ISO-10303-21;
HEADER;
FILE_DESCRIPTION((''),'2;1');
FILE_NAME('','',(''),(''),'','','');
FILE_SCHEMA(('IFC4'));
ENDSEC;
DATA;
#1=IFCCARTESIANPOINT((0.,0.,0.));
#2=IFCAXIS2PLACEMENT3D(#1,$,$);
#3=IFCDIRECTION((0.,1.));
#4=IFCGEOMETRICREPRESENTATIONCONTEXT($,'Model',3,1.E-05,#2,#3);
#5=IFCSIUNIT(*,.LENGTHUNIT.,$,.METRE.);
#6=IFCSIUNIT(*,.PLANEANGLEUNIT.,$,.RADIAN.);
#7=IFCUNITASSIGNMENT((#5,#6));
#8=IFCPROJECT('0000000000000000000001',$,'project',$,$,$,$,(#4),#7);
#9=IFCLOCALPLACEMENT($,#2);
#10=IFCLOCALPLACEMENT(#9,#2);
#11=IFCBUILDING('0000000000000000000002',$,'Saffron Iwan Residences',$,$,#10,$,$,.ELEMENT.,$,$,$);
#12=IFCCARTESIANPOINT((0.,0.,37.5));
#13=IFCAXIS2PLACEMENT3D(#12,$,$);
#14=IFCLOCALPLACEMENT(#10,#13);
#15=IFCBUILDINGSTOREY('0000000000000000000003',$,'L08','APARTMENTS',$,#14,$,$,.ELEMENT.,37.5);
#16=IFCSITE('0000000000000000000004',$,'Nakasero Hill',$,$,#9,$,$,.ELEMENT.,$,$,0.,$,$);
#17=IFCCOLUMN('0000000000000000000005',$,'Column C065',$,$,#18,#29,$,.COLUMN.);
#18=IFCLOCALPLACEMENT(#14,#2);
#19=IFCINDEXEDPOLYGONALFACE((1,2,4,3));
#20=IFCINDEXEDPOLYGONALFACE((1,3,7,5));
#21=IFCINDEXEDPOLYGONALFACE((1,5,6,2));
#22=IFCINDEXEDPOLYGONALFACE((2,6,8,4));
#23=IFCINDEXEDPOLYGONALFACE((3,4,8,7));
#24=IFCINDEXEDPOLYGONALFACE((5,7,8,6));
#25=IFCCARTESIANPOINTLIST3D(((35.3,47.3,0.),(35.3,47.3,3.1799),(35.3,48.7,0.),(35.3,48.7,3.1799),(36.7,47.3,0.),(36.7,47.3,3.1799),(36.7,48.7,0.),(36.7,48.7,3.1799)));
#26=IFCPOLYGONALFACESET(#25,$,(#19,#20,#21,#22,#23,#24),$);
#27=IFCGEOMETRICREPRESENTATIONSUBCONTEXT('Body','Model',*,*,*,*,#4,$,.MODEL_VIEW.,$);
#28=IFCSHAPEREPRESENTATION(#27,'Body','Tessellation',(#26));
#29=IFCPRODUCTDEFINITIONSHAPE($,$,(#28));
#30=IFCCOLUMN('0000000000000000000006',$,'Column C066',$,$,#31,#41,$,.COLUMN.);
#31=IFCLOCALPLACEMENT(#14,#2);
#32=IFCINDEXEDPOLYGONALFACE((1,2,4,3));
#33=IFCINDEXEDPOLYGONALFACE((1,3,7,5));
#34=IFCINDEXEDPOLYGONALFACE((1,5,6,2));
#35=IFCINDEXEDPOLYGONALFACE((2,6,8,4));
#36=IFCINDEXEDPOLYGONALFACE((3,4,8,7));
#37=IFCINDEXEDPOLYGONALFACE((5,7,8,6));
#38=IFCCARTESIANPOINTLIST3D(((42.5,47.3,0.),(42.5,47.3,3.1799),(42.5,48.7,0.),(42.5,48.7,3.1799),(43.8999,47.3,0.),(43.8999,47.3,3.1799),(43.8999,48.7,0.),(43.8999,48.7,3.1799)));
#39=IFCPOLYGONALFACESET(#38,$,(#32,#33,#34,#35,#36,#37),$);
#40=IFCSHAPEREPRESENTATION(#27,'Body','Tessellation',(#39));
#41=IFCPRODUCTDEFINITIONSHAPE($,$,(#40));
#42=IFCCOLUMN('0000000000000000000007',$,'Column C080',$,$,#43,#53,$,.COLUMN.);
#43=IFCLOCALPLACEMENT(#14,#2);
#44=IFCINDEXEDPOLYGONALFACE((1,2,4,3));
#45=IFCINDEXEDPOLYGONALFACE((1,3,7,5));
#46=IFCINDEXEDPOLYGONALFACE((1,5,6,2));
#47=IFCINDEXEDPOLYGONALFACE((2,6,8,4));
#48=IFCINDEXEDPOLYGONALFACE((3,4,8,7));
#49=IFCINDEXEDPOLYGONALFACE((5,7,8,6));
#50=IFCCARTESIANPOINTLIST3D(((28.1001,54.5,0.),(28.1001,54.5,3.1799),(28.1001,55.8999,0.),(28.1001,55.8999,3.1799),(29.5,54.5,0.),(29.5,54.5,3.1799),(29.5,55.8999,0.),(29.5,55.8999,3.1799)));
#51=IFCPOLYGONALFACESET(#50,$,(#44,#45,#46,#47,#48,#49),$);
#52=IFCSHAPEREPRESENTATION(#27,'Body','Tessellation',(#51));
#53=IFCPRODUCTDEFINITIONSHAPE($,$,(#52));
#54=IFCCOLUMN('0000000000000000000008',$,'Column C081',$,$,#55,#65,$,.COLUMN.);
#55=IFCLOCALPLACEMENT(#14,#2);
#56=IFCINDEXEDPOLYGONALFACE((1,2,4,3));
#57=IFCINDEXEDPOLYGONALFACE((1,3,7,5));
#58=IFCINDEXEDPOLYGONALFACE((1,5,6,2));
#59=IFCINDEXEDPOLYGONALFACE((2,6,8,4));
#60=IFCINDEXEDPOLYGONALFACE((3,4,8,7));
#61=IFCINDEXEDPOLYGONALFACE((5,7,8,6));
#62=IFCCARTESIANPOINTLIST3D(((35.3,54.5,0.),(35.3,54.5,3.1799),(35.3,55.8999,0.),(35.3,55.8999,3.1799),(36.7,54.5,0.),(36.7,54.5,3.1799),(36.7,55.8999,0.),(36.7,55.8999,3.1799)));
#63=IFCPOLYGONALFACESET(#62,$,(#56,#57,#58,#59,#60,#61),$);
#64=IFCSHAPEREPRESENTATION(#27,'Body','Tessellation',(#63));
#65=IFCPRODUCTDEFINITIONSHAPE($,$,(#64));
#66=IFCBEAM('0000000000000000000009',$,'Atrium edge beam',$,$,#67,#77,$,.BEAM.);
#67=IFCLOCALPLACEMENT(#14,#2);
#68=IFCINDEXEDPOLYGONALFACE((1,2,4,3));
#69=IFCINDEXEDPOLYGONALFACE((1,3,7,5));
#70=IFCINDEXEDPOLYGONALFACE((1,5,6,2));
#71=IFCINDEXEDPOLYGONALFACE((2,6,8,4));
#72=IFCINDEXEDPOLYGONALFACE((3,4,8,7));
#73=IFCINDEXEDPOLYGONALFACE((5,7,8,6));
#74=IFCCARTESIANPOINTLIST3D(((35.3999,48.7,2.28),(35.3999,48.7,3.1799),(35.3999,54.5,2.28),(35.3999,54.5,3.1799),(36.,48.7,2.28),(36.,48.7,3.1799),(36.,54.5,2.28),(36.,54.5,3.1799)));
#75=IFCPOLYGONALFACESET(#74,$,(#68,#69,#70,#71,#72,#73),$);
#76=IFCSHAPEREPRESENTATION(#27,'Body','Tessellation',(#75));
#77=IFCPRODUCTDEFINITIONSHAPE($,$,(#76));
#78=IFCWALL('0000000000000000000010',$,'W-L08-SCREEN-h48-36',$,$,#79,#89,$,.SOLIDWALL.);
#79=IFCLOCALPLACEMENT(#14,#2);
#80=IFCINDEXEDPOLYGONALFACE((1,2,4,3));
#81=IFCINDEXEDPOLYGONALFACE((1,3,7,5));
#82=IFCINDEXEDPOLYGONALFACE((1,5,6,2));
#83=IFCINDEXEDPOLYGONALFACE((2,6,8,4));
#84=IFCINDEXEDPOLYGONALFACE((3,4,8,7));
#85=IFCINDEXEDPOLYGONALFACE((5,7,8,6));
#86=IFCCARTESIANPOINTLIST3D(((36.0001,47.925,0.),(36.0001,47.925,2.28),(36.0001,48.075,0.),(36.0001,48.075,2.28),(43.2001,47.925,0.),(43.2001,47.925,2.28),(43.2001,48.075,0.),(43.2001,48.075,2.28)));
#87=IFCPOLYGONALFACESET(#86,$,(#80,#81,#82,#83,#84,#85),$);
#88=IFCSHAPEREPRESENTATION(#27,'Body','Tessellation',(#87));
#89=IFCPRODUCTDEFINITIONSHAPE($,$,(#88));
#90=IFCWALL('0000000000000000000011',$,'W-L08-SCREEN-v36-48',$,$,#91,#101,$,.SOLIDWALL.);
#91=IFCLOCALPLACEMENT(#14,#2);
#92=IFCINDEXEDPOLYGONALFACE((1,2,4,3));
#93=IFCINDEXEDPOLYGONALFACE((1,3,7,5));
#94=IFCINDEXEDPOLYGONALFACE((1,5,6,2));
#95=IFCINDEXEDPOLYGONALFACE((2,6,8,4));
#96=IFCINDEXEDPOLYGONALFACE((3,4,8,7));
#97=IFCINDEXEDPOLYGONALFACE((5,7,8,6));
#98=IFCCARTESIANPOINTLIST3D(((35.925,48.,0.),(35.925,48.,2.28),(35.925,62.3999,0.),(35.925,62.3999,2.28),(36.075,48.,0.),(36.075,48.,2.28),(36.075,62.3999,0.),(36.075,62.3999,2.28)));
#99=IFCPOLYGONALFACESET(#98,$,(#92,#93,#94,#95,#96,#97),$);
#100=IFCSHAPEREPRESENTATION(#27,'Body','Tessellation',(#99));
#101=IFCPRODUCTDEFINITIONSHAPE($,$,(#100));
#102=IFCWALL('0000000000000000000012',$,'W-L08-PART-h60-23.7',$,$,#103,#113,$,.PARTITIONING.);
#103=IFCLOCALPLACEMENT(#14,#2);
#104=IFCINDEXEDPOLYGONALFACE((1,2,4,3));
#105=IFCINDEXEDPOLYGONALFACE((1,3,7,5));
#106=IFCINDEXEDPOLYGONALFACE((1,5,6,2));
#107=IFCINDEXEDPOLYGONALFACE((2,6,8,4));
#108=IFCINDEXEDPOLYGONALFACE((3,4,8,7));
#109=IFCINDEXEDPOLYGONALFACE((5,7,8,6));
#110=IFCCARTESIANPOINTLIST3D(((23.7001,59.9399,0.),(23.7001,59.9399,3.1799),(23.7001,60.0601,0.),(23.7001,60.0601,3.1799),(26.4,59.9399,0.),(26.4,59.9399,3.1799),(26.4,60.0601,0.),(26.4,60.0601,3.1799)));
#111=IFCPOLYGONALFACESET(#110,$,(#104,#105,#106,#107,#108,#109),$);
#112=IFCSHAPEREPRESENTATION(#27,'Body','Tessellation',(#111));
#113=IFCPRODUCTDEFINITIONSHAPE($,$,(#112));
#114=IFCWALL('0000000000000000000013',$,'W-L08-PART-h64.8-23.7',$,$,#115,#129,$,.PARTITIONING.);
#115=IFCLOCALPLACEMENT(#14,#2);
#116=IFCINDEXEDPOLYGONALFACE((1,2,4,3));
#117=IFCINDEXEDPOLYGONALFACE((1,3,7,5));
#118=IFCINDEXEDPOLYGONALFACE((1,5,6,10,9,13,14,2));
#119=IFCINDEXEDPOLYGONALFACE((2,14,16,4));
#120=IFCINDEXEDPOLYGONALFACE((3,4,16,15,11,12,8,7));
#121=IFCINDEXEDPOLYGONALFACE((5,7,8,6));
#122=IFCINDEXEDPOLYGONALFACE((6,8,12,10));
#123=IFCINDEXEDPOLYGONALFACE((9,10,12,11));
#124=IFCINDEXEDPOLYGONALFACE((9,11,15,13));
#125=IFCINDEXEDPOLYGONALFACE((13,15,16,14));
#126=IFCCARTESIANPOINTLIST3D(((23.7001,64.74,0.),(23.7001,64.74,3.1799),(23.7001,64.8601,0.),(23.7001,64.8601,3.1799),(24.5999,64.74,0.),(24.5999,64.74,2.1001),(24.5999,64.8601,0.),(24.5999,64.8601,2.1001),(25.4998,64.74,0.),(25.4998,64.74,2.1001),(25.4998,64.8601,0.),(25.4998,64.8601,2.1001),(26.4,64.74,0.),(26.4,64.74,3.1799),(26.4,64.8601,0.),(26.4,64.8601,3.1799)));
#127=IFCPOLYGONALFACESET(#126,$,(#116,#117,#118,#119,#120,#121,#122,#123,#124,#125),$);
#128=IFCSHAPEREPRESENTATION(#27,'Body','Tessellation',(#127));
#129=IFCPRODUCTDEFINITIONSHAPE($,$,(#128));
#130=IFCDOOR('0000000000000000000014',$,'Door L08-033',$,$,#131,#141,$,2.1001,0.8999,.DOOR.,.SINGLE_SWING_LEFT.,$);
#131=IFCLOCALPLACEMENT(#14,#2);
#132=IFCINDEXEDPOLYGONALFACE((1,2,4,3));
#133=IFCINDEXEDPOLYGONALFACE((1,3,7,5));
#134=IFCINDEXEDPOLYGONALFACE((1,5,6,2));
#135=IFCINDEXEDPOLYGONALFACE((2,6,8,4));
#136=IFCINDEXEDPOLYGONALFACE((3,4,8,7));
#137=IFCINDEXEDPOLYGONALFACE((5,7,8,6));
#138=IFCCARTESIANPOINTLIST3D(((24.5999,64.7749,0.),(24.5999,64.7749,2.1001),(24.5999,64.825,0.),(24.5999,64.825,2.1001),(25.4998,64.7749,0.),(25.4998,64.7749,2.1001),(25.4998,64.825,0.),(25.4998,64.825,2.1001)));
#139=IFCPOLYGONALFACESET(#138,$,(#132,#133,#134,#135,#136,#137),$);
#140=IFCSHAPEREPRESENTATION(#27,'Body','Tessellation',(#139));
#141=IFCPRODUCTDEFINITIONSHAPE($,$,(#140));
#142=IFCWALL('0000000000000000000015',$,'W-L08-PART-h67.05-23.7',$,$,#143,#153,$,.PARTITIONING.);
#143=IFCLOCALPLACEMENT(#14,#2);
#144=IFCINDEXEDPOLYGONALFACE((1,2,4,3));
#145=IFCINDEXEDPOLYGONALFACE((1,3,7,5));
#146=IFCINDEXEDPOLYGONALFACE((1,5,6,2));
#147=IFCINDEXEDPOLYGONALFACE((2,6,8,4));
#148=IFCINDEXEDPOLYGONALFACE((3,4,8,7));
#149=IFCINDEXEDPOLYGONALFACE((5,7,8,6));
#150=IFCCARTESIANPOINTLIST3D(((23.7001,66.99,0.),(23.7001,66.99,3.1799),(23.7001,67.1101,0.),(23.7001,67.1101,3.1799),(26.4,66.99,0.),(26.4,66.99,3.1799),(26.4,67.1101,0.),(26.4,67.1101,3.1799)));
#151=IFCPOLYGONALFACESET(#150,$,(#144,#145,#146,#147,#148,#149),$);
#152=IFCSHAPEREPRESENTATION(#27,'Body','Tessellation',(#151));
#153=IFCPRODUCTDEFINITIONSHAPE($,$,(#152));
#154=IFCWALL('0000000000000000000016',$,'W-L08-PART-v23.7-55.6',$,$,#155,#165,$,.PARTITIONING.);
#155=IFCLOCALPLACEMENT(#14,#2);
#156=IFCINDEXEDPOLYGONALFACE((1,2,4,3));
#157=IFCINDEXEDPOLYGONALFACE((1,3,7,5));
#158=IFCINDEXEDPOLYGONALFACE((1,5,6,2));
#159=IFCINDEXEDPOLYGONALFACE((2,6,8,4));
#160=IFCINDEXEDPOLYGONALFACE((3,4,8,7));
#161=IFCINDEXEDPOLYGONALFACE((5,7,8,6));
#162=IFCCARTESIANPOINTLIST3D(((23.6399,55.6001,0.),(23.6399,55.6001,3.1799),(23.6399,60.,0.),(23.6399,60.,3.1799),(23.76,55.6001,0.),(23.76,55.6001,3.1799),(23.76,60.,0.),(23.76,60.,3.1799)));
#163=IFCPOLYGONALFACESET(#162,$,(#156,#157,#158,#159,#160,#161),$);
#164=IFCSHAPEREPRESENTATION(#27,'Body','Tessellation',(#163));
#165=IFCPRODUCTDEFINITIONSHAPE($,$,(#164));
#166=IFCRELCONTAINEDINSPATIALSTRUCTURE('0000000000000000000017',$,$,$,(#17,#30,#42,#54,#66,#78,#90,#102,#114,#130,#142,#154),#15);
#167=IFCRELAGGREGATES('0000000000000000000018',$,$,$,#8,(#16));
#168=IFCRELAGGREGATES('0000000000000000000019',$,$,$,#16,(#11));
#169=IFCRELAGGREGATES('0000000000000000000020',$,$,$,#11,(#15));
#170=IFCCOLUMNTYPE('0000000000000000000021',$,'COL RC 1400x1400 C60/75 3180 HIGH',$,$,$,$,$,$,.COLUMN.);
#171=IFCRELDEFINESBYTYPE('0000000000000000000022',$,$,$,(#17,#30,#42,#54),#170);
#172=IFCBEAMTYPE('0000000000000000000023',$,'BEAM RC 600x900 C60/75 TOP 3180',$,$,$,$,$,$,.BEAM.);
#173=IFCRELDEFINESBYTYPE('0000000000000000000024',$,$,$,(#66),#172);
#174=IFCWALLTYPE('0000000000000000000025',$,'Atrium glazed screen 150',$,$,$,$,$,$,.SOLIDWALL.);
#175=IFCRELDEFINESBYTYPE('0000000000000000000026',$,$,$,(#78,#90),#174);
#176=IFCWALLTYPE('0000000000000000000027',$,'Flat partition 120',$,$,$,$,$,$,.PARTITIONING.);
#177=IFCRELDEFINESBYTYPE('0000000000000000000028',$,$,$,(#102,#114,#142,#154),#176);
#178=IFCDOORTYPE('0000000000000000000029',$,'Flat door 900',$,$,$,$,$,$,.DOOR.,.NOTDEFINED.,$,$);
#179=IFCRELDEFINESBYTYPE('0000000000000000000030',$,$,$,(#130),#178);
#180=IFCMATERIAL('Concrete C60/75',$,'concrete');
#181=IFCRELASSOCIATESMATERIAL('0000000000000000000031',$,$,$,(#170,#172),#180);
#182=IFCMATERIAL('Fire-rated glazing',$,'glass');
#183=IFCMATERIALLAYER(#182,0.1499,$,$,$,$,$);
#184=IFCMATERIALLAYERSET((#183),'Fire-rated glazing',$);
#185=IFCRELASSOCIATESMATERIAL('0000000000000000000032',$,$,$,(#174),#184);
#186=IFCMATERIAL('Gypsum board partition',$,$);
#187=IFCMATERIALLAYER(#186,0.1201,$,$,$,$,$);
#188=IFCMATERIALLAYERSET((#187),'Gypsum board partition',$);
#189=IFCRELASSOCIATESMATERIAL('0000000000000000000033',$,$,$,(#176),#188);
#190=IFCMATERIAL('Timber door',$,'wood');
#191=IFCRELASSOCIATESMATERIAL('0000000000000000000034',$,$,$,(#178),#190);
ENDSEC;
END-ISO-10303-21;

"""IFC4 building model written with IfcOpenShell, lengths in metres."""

from ifc_helpers import new_model, si_unit, direction, frame, frame_2d, origin, origin_2d, place, context, subcontext, project, spatial, rectangle, extrude, source, transform, mapped, material, layer, layer_set, material_profile, profile_set, type_object, element, fill, save


model = new_model("IFC4")

# Units and contexts
model_context = context("Model", 3, precision=1e-05, world=origin(), true_north=direction((0.0, 1.0)))
body_context = subcontext(model_context, "Body", "Model", "MODEL_VIEW")
ifc_project = project(units=[si_unit("LENGTHUNIT", "METRE"), si_unit("PLANEANGLEUNIT", "RADIAN")], contexts=[model_context])

# Site, building, storey
site_placement = place(None, origin())
site = spatial("IfcSite", under=ifc_project, at=site_placement, Name="Nakasero Hill", CompositionType="ELEMENT", RefElevation=0.0)
building_placement = place(site_placement, origin())
building = spatial("IfcBuilding", under=site, at=building_placement, Name="Saffron Iwan Residences", CompositionType="ELEMENT")
storey_placement = place(building_placement, frame((0.0, 0.0, 37.5)))
storey = spatial("IfcBuildingStorey", under=building, at=storey_placement, Name="L08", Description="APARTMENTS", CompositionType="ELEMENT", Elevation=37.5)

# Columns
ifc_material_1 = material(Name="Concrete C60/75", Category="concrete")
ifc_material_profile_1 = material_profile(ifc_material_1, rectangle(XDim=1.3999, YDim=1.3999, at=origin_2d()), Name="RC 1400x1400")
ifc_profile_set_1 = profile_set([ifc_material_profile_1], Name="Concrete C60/75")
column_type = type_object("IfcColumnType", Name="COL RC 1400x1400 C60/75 3180 HIGH", PredefinedType="COLUMN", material=ifc_profile_set_1)
shared_shape_1 = source(origin(), body_context, "Body", "SweptSolid", [
    extrude(rectangle(XDim=1.3999, YDim=1.3999, at=origin_2d()), origin(), (0.0, 0.0, 1.0), 3.1799),
])
for number, where, z_axis, x_axis, name in (
    (1, (36.0, 48.0, 0.0), (0.0, 0.0, 1.0), (1.0, 0.0, 0.0), "Column C065"),
    (2, (43.2, 48.0, 0.0), (0.0, 0.0, 1.0), (1.0, 0.0, 0.0), "Column C066"),
    (3, (28.8, 55.2, 0.0), (0.0, 0.0, 1.0), (1.0, 0.0, 0.0), "Column C080"),
    (4, (36.0, 55.2, 0.0), (0.0, 0.0, 1.0), (1.0, 0.0, 0.0), "Column C081"),
):
    element("IfcColumn", number, at=place(storey_placement, frame(where, z_axis=z_axis, x_axis=x_axis)), inside=storey, type_object=column_type, Name=name, PredefinedType="COLUMN", context=body_context, shape_type="MappedRepresentation", body=[
        mapped(shared_shape_1, transform((0.0, 0.0, 0.0))),
    ])

# Beam
ifc_material_profile_2 = material_profile(ifc_material_1, rectangle(XDim=0.6001, YDim=0.8999, at=origin_2d()), Name="RC 600x900")
ifc_profile_set_2 = profile_set([ifc_material_profile_2], Name="Concrete C60/75")
beam_type = type_object("IfcBeamType", Name="BEAM RC 600x900 C60/75 TOP 3180", PredefinedType="BEAM", material=ifc_profile_set_2)
shared_shape_2 = source(origin(), body_context, "Body", "SweptSolid", [
    extrude(rectangle(XDim=0.6001, YDim=0.8999, at=origin_2d()), origin(), (0.0, 0.0, 1.0), 5.8),
])
beam_placement = place(storey_placement, frame((35.7, 48.7, 2.73), z_axis=(0.0, 1.0, 0.0), x_axis=(-1.0, 0.0, 0.0)))
element("IfcBeam", 5, at=beam_placement, inside=storey, type_object=beam_type, Name="Atrium edge beam", PredefinedType="BEAM", context=body_context, shape_type="MappedRepresentation", body=[
    mapped(shared_shape_2, transform((0.0, 0.0, 0.0))),
])

# Walls
ifc_material_2 = material(Name="Fire-rated glazing", Category="glass")
ifc_layer_1 = layer(ifc_material_2, 0.1499)
ifc_layer_set_1 = layer_set([ifc_layer_1], Name="Fire-rated glazing")
wall_type_1 = type_object("IfcWallType", Name="Atrium glazed screen 150", PredefinedType="SOLIDWALL", material=ifc_layer_set_1)
wall_1_placement = place(storey_placement, frame((36.0, 48.0, 0.0), z_axis=(0.0, 0.0, 1.0), x_axis=(1.0, 0.0, 0.0)))
element("IfcWall", 6, at=wall_1_placement, inside=storey, type_object=wall_type_1, Name="W-L08-SCREEN-h48-36", PredefinedType="SOLIDWALL", context=body_context, shape_type="SweptSolid", body=[
    extrude(rectangle(XDim=7.2, YDim=0.1499, at=frame_2d((3.6001, 0.0))), origin(), (0.0, 0.0, 1.0), 2.28),
])
wall_2_placement = place(storey_placement, frame((36.0, 48.0, 0.0), z_axis=(0.0, 0.0, 1.0), x_axis=(0.0, 1.0, 0.0)))
element("IfcWall", 7, at=wall_2_placement, inside=storey, type_object=wall_type_1, Name="W-L08-SCREEN-v36-48", PredefinedType="SOLIDWALL", context=body_context, shape_type="SweptSolid", body=[
    extrude(rectangle(XDim=14.3999, YDim=0.1499, at=frame_2d((7.2, 0.0))), origin(), (0.0, 0.0, 1.0), 2.28),
])
ifc_material_3 = material(Name="Gypsum board partition")
ifc_layer_2 = layer(ifc_material_3, 0.1201)
ifc_layer_set_2 = layer_set([ifc_layer_2], Name="Gypsum board partition")
wall_type_2 = type_object("IfcWallType", Name="Flat partition 120", PredefinedType="PARTITIONING", material=ifc_layer_set_2)
wall_3_placement = place(storey_placement, frame((23.7, 60.0, 0.0), z_axis=(0.0, 0.0, 1.0), x_axis=(1.0, 0.0, 0.0)))
element("IfcWall", 8, at=wall_3_placement, inside=storey, type_object=wall_type_2, Name="W-L08-PART-h60-23.7", PredefinedType="PARTITIONING", context=body_context, shape_type="SweptSolid", body=[
    extrude(rectangle(XDim=2.7, YDim=0.1201, at=frame_2d((1.3501, 0.0))), origin(), (0.0, 0.0, 1.0), 3.1799),
])

# Wall, opening, door
wall_4_placement = place(storey_placement, frame((23.7, 64.8, 0.0), z_axis=(0.0, 0.0, 1.0), x_axis=(1.0, 0.0, 0.0)))
wall_4 = element("IfcWall", 9, at=wall_4_placement, inside=storey, type_object=wall_type_2, Name="W-L08-PART-h64.8-23.7", PredefinedType="PARTITIONING", context=body_context, shape_type="SweptSolid", body=[
    extrude(rectangle(XDim=2.7, YDim=0.1201, at=frame_2d((1.3501, 0.0))), origin(), (0.0, 0.0, 1.0), 3.1799),
])
opening_1_placement = place(wall_4_placement, frame((0.8999, 0.0, 0.0)))
opening_1 = element("IfcOpeningElement", 10, at=opening_1_placement, cuts=wall_4, PredefinedType="OPENING", context=body_context, shape_type="SweptSolid", body=[
    extrude(rectangle(XDim=0.8999, YDim=2.1001, at=frame_2d((0.45, 1.05))), frame((0.0, 0.0701, 0.0), z_axis=(0.0, -1.0, 0.0), x_axis=(1.0, 0.0, 0.0)), (0.0, 0.0, 1.0), 0.1401),
])
ifc_material_4 = material(Name="Timber door", Category="wood")
door_type_1 = type_object("IfcDoorType", Name="Flat door 900", OperationType="NOTDEFINED", PredefinedType="DOOR", material=ifc_material_4)
door_1_placement = place(opening_1_placement, origin())
door_1 = element("IfcDoor", 11, at=door_1_placement, inside=storey, type_object=door_type_1, Name="Door L08-033", OperationType="SINGLE_SWING_LEFT", OverallHeight=2.1001, OverallWidth=0.8999, PredefinedType="DOOR", context=body_context, shape_type="SweptSolid", body=[
    extrude(rectangle(XDim=0.8999, YDim=2.1001, at=frame_2d((0.45, 1.05))), frame((0.0, 0.0249, 0.0), z_axis=(0.0, -1.0, 0.0), x_axis=(1.0, 0.0, 0.0)), (0.0, 0.0, 1.0), 0.05),
])
fill(opening_1, door_1)

# Walls
wall_5_placement = place(storey_placement, frame((23.7, 67.05, 0.0), z_axis=(0.0, 0.0, 1.0), x_axis=(1.0, 0.0, 0.0)))
element("IfcWall", 12, at=wall_5_placement, inside=storey, type_object=wall_type_2, Name="W-L08-PART-h67.05-23.7", PredefinedType="PARTITIONING", context=body_context, shape_type="SweptSolid", body=[
    extrude(rectangle(XDim=2.7, YDim=0.1201, at=frame_2d((1.3501, 0.0))), origin(), (0.0, 0.0, 1.0), 3.1799),
])
wall_6_placement = place(storey_placement, frame((23.7, 55.6001, 0.0), z_axis=(0.0, 0.0, 1.0), x_axis=(0.0, 1.0, 0.0)))
element("IfcWall", 13, at=wall_6_placement, inside=storey, type_object=wall_type_2, Name="W-L08-PART-v23.7-55.6", PredefinedType="PARTITIONING", context=body_context, shape_type="SweptSolid", body=[
    extrude(rectangle(XDim=4.3999, YDim=0.1201, at=frame_2d((2.2, 0.0))), origin(), (0.0, 0.0, 1.0), 3.1799),
])

save(model, "model.ifc")
